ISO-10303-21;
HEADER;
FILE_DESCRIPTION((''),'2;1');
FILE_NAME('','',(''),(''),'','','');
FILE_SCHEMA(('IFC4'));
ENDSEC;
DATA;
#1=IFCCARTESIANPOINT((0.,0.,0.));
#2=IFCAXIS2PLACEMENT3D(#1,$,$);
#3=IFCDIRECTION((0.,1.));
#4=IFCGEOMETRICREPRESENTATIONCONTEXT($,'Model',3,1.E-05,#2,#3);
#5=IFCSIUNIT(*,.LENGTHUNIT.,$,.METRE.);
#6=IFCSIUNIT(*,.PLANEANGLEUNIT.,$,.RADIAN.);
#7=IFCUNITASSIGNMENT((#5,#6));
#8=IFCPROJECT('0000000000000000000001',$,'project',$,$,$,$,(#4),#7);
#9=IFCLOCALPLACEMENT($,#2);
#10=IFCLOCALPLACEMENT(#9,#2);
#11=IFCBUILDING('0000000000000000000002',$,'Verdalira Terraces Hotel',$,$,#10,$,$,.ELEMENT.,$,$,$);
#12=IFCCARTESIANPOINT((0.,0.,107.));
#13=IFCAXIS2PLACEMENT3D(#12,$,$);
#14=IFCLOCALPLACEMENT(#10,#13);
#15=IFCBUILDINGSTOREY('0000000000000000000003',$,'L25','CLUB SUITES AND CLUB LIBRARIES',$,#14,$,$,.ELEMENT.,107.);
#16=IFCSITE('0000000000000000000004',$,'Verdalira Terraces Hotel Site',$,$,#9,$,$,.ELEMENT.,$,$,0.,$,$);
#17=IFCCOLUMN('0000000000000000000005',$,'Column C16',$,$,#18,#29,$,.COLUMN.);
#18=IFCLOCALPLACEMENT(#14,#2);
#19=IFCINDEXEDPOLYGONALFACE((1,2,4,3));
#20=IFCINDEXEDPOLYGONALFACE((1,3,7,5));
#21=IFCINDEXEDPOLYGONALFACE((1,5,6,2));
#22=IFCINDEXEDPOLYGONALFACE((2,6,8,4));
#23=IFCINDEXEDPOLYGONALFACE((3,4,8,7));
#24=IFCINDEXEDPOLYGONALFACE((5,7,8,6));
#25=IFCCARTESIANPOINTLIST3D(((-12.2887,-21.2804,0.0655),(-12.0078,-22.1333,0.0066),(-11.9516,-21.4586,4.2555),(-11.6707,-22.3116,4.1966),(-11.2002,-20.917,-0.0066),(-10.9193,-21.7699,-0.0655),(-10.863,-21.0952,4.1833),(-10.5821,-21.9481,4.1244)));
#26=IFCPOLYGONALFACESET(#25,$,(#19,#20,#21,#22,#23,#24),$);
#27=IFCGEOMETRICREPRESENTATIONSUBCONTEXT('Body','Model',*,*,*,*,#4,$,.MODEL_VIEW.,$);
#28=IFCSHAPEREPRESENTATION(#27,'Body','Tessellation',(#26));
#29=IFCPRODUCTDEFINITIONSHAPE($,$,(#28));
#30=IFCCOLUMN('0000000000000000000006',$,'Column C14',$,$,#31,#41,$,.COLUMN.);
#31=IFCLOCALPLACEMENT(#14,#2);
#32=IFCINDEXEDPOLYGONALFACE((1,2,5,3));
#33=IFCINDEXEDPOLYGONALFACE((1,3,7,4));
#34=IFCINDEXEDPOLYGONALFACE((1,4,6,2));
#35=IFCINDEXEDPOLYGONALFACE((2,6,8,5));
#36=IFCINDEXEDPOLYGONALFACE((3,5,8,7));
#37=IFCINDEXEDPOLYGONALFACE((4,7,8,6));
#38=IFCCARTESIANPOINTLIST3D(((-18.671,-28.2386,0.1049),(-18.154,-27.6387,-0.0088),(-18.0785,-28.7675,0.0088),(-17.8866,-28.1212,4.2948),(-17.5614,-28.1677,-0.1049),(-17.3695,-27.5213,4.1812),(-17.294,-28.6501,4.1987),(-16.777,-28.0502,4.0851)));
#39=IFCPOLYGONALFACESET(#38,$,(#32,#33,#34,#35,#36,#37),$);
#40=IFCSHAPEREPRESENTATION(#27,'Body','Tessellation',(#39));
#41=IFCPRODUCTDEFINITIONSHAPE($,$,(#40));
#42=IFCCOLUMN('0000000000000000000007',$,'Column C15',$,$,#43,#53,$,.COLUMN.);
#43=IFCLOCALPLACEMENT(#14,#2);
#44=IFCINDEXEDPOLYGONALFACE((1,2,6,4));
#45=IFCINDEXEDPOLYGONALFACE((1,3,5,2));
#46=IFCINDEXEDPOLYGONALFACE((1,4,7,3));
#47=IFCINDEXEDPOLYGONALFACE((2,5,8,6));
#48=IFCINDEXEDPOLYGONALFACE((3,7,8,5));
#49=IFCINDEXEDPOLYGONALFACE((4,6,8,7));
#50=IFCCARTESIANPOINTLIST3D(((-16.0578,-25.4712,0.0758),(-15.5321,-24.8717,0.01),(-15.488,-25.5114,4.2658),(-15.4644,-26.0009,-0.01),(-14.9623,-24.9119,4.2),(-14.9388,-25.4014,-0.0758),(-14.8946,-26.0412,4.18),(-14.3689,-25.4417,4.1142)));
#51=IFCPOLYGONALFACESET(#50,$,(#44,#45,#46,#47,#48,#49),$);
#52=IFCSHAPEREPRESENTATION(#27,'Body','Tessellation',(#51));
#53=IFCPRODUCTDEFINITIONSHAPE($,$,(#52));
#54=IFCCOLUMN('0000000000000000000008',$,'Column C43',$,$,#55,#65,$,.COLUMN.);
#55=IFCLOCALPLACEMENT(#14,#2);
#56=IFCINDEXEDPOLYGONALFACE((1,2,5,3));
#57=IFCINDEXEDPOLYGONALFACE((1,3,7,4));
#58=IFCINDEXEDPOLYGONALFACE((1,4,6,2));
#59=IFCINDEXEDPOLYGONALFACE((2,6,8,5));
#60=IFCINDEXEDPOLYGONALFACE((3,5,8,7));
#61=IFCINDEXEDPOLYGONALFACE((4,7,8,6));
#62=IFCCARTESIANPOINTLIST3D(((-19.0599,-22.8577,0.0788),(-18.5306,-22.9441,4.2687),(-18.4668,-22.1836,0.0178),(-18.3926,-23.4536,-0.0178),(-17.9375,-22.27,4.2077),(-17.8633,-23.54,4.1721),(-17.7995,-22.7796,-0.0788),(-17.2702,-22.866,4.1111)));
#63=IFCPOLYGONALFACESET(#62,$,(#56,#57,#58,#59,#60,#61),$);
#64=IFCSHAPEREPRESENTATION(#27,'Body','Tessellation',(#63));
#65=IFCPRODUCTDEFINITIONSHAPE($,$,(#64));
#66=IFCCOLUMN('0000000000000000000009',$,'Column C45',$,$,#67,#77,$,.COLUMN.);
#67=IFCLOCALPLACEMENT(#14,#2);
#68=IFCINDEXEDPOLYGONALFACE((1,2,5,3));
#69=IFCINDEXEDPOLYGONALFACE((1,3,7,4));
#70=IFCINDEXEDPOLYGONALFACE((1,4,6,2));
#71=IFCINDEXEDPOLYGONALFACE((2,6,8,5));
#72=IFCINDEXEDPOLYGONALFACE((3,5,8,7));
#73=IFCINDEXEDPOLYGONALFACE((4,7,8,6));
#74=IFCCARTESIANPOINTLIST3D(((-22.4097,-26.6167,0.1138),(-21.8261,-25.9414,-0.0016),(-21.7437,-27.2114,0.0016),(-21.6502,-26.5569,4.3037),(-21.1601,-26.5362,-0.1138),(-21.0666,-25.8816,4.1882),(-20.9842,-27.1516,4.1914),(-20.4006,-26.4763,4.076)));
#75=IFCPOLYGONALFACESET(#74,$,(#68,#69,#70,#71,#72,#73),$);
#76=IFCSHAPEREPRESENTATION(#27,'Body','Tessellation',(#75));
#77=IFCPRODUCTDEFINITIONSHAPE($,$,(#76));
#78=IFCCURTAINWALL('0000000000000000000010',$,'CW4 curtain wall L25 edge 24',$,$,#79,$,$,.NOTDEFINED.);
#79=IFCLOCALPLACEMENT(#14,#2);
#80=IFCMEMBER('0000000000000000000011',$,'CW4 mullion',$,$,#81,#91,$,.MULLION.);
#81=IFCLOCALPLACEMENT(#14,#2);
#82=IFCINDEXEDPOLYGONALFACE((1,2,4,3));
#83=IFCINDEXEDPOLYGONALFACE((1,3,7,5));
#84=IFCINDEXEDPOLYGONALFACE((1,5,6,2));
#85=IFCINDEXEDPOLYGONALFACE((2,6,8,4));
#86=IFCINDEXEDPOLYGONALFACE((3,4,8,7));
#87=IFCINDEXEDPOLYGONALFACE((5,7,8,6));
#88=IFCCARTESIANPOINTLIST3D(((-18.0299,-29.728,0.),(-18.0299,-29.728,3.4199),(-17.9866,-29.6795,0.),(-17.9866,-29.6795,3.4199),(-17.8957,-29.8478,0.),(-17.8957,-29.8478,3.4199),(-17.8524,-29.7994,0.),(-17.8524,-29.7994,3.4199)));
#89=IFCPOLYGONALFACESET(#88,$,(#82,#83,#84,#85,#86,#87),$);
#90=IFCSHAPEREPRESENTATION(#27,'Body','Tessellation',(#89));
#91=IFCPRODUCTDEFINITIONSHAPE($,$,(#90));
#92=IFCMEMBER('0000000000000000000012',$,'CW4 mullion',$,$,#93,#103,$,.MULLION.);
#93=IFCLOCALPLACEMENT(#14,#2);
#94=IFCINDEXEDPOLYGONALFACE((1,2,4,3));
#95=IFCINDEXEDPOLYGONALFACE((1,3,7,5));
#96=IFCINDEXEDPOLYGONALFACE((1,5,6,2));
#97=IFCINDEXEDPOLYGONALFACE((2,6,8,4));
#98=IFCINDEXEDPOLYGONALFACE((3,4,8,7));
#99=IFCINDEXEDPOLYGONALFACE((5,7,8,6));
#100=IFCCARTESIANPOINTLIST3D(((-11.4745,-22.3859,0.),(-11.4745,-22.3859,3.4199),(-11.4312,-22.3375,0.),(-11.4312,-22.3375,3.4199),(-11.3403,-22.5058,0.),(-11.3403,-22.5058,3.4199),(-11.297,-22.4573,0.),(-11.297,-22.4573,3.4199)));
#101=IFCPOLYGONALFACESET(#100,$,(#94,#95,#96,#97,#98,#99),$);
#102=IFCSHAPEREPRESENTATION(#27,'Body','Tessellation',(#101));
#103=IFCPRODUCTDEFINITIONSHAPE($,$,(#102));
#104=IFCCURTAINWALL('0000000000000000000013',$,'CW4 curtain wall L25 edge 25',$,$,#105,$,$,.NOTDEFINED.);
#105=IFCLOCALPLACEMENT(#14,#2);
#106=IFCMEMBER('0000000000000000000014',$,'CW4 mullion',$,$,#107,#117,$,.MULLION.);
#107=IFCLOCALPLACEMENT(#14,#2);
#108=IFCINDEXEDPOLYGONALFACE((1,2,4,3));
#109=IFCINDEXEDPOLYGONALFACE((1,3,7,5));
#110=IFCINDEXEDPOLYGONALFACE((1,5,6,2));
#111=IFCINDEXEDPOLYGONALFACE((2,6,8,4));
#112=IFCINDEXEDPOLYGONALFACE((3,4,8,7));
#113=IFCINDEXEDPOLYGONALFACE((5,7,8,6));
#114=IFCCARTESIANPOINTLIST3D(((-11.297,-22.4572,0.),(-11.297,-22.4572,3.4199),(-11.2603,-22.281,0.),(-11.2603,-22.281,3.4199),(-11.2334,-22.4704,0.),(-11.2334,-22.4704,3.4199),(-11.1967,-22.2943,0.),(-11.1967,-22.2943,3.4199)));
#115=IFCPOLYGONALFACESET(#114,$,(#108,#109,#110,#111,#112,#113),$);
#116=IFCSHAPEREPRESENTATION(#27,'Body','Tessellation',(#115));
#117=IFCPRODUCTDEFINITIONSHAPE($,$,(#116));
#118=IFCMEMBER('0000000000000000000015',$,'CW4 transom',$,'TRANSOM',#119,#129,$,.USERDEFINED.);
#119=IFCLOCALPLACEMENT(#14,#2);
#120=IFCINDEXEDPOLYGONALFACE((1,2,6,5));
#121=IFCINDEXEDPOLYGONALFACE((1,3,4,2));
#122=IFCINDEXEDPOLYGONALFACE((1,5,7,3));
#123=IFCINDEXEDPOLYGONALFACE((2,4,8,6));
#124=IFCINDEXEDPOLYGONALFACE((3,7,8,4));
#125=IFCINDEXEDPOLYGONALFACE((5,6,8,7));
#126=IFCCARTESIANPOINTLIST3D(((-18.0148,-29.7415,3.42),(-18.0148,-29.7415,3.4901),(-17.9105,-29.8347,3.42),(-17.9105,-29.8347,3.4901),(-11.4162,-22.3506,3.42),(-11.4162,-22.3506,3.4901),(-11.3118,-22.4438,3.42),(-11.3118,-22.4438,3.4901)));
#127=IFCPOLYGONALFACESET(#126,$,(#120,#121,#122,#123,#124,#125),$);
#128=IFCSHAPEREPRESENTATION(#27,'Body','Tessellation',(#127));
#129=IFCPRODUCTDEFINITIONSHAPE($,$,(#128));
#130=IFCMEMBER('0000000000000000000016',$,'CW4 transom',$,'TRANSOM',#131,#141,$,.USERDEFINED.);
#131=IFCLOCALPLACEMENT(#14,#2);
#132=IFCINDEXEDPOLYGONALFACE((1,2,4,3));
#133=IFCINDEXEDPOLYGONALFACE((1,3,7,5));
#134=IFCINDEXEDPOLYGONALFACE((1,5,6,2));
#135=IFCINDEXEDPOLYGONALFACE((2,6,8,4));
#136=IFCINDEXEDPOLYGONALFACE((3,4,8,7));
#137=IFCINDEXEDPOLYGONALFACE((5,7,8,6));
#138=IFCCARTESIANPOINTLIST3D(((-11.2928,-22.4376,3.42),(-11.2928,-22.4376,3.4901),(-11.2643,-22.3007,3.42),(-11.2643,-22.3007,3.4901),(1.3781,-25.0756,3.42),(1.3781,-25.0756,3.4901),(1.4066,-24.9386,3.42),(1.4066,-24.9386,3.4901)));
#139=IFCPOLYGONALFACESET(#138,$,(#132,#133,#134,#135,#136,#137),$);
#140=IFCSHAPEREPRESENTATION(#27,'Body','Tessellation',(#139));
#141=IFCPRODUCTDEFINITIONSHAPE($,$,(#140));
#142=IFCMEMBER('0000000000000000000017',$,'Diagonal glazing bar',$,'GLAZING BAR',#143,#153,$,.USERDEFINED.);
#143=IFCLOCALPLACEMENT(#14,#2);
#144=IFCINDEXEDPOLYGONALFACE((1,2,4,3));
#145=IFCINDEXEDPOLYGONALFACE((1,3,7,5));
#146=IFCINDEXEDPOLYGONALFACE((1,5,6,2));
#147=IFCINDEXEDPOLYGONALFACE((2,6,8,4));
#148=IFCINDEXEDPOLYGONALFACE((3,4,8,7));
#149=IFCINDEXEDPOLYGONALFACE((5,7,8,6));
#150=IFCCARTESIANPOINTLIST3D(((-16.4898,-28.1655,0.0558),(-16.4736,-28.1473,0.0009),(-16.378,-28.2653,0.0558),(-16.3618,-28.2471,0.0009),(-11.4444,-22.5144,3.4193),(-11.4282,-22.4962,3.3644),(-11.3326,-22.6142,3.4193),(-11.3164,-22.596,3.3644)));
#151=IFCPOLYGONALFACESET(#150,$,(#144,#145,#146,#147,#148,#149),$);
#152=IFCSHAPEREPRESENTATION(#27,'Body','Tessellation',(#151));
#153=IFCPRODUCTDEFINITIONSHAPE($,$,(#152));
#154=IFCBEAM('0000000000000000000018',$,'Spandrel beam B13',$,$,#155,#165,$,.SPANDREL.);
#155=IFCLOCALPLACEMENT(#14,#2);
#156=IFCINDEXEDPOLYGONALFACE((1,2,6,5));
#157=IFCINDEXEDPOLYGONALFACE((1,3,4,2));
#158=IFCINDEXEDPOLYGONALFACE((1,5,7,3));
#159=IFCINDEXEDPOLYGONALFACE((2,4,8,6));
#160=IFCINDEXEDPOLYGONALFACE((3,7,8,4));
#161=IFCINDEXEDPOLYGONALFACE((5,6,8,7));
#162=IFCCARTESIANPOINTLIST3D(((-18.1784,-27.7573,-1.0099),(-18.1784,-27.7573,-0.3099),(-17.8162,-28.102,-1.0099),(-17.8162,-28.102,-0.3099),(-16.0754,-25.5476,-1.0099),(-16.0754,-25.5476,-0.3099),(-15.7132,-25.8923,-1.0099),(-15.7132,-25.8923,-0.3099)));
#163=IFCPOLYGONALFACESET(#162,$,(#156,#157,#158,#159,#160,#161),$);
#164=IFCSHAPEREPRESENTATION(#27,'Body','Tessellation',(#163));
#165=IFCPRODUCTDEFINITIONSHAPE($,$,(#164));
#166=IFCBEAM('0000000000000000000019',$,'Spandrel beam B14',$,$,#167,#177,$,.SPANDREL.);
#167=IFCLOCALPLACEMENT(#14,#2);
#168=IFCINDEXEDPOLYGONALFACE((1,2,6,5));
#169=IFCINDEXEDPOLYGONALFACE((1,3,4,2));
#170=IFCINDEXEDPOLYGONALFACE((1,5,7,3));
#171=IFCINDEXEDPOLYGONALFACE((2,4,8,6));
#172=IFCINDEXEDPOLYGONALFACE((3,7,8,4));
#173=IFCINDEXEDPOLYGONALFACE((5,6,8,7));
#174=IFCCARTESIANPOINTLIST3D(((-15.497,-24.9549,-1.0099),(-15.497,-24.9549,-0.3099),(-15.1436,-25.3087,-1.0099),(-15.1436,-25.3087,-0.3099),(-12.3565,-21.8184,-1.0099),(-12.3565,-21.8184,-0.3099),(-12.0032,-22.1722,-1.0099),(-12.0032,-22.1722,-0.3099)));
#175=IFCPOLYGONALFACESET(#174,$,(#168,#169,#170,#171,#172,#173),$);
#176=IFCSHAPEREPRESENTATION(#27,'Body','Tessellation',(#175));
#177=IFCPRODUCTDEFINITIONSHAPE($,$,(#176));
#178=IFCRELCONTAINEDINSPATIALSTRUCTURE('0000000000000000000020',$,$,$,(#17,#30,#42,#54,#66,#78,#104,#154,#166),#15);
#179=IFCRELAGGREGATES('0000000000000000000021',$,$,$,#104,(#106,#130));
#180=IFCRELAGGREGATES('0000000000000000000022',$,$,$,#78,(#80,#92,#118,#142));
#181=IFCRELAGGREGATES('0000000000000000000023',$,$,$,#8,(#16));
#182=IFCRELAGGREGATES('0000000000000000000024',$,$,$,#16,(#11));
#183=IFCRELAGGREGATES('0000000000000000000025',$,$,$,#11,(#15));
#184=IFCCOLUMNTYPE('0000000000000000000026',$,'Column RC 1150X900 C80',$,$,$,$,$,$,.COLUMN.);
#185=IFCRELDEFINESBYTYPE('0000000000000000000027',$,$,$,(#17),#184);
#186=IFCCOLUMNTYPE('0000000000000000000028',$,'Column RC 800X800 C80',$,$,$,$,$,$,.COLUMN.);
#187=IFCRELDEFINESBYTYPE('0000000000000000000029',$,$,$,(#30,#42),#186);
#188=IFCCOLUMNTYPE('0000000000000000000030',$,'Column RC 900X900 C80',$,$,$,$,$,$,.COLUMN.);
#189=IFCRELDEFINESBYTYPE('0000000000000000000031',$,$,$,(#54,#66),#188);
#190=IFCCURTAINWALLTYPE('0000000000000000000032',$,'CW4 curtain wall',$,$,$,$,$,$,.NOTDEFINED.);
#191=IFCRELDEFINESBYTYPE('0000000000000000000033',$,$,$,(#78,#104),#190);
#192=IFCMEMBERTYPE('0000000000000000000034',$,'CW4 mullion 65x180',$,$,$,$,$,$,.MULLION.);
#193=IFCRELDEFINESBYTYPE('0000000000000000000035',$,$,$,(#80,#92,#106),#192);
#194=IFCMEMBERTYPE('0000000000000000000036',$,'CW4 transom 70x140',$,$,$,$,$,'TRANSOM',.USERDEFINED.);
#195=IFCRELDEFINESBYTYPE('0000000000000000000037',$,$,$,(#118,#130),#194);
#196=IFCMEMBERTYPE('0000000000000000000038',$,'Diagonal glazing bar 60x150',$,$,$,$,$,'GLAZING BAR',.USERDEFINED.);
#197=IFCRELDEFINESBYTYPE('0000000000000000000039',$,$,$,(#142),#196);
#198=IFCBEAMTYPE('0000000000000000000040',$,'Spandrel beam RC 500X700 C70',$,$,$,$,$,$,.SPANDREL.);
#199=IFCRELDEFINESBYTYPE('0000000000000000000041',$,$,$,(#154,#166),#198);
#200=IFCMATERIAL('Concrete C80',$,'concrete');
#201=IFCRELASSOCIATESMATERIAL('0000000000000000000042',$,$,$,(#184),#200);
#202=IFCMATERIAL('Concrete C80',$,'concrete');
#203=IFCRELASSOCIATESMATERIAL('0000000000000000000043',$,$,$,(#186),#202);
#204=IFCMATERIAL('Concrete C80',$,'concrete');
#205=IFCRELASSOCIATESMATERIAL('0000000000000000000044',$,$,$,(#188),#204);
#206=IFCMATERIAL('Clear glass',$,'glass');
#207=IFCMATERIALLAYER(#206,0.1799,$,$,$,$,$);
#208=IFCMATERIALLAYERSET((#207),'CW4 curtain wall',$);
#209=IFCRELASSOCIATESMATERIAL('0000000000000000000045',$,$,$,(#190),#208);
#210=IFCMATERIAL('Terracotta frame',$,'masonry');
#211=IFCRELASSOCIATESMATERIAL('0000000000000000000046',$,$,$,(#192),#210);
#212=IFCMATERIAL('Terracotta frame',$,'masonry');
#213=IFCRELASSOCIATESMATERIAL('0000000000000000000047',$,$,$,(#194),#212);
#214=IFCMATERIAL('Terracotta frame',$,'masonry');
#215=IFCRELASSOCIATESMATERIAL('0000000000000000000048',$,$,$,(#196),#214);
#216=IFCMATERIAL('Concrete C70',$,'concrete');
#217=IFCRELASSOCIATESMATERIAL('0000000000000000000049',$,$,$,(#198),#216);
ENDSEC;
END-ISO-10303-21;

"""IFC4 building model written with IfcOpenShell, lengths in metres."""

from ifc_helpers import new_model, si_unit, direction, frame, origin, origin_2d, place, context, subcontext, project, spatial, rectangle, extrude, material, layer, layer_set, material_profile, profile_set, type_object, element, aggregate, save


model = new_model("IFC4")

# Units and contexts
model_context = context("Model", 3, precision=1e-05, world=origin(), true_north=direction((0.0, 1.0)))
body_context = subcontext(model_context, "Body", "Model", "MODEL_VIEW")
ifc_project = project(units=[si_unit("LENGTHUNIT", "METRE"), si_unit("PLANEANGLEUNIT", "RADIAN")], contexts=[model_context])

# Site, building, storey
site_placement = place(None, origin())
site = spatial("IfcSite", under=ifc_project, at=site_placement, Name="Verdalira Terraces Hotel Site", CompositionType="ELEMENT", RefElevation=0.0)
building_placement = place(site_placement, origin())
building = spatial("IfcBuilding", under=site, at=building_placement, Name="Verdalira Terraces Hotel", CompositionType="ELEMENT")
storey_placement = place(building_placement, frame((0.0, 0.0, 107.0)))
storey = spatial("IfcBuildingStorey", under=building, at=storey_placement, Name="L25", Description="CLUB SUITES AND CLUB LIBRARIES", CompositionType="ELEMENT", Elevation=107.0)

# Columns
ifc_material_1 = material(Name="Concrete C80", Category="concrete")
ifc_material_profile_1 = material_profile(ifc_material_1, rectangle(XDim=1.1499, YDim=0.8999, at=origin_2d()), Name="RC 1150X900")
ifc_profile_set_1 = profile_set([ifc_material_profile_1], Name="Concrete C80")
column_type_1 = type_object("IfcColumnType", Name="Column RC 1150X900 C80", PredefinedType="COLUMN", material=ifc_profile_set_1)
column_1_placement = place(storey_placement, frame((-11.604, -21.5251, 0.0), z_axis=(0.080137, -0.042361, 0.995883), x_axis=(-0.946654, -0.316087, 0.062731)))
element("IfcColumn", 1, at=column_1_placement, inside=storey, type_object=column_type_1, Name="Column C16", PredefinedType="COLUMN", context=body_context, shape_type="SweptSolid", body=[
    extrude(rectangle(XDim=1.1499, YDim=0.8999, at=origin_2d()), origin(), (0.0, 0.0, 1.0), 4.2073),
])
ifc_material_2 = material(Name="Concrete C80", Category="concrete")
ifc_material_profile_2 = material_profile(ifc_material_2, rectangle(XDim=0.8, YDim=0.8, at=origin_2d()), Name="RC 800X800")
ifc_profile_set_2 = profile_set([ifc_material_profile_2], Name="Concrete C80")
column_type_2 = type_object("IfcColumnType", Name="Column RC 800X800 C80", PredefinedType="COLUMN", material=ifc_profile_set_2)
column_2_placement = place(storey_placement, frame((-18.1162, -28.2031, 0.0), z_axis=(0.183949, 0.027538, 0.98255), x_axis=(0.646262, 0.749787, -0.142005)))
element("IfcColumn", 2, at=column_2_placement, inside=storey, type_object=column_type_2, Name="Column C14", PredefinedType="COLUMN", context=body_context, shape_type="SweptSolid", body=[
    extrude(rectangle(XDim=0.8, YDim=0.8, at=origin_2d()), origin(), (0.0, 0.0, 1.0), 4.2644),
])
column_3_placement = place(storey_placement, frame((-15.4983, -25.4363, 0.0), z_axis=(0.134752, -0.009526, 0.990834), x_axis=(0.657081, 0.74933, -0.082157)))
element("IfcColumn", 3, at=column_3_placement, inside=storey, type_object=column_type_2, Name="Column C15", PredefinedType="COLUMN", context=body_context, shape_type="SweptSolid", body=[
    extrude(rectangle(XDim=0.8, YDim=0.8, at=origin_2d()), origin(), (0.0, 0.0, 1.0), 4.2288),
])
ifc_material_3 = material(Name="Concrete C80", Category="concrete")
ifc_material_profile_3 = material_profile(ifc_material_3, rectangle(XDim=0.8999, YDim=0.8999, at=origin_2d()), Name="RC 900X900")
ifc_profile_set_3 = profile_set([ifc_material_profile_3], Name="Concrete C80")
column_type_3 = type_object("IfcColumnType", Name="Column RC 900X900 C80", PredefinedType="COLUMN", material=ifc_profile_set_3)
column_4_placement = place(storey_placement, frame((-18.4297, -22.8186, 0.0), z_axis=(0.125303, -0.02046, 0.991907), x_axis=(-0.659069, -0.74902, 0.067807)))
element("IfcColumn", 4, at=column_4_placement, inside=storey, type_object=column_type_3, Name="Column C43", PredefinedType="COLUMN", context=body_context, shape_type="SweptSolid", body=[
    extrude(rectangle(XDim=0.8999, YDim=0.8999, at=origin_2d()), origin(), (0.0, 0.0, 1.0), 4.2241),
])
column_5_placement = place(storey_placement, frame((-21.7849, -26.5764, 0.0), z_axis=(0.178348, 0.014045, 0.983867), x_axis=(-0.648475, -0.750353, 0.128263)))
element("IfcColumn", 5, at=column_5_placement, inside=storey, type_object=column_type_3, Name="Column C45", PredefinedType="COLUMN", context=body_context, shape_type="SweptSolid", body=[
    extrude(rectangle(XDim=0.8999, YDim=0.8999, at=origin_2d()), origin(), (0.0, 0.0, 1.0), 4.2585),
])

# Curtain wall, members
ifc_material_4 = material(Name="Clear glass", Category="glass")
ifc_layer_1 = layer(ifc_material_4, 0.1799)
ifc_layer_set_1 = layer_set([ifc_layer_1], Name="CW4 curtain wall")
curtain_wall_type = type_object("IfcCurtainWallType", Name="CW4 curtain wall", PredefinedType="NOTDEFINED", material=ifc_layer_set_1)
curtain_wall_1_placement = place(storey_placement, origin())
curtain_wall_1 = element("IfcCurtainWall", 6, at=curtain_wall_1_placement, inside=storey, type_object=curtain_wall_type, Name="CW4 curtain wall L25 edge 24", PredefinedType="NOTDEFINED")
ifc_material_5 = material(Name="Terracotta frame", Category="masonry")
ifc_material_profile_4 = material_profile(ifc_material_5, rectangle(XDim=0.0649, YDim=0.1799, at=origin_2d()), Name="MU 65x180")
ifc_profile_set_4 = profile_set([ifc_material_profile_4], Name="Terracotta frame")
member_type_1 = type_object("IfcMemberType", Name="CW4 mullion 65x180", PredefinedType="MULLION", material=ifc_profile_set_4)
member_1_placement = place(storey_placement, frame((-17.9412, -29.7637, 0.0), z_axis=(0.0, 0.0, 1.0), x_axis=(0.666012, 0.745941, 0.0)))
member_1 = element("IfcMember", 7, at=member_1_placement, type_object=member_type_1, Name="CW4 mullion", PredefinedType="MULLION", context=body_context, shape_type="SweptSolid", body=[
    extrude(rectangle(XDim=0.0649, YDim=0.1799, at=origin_2d()), origin(), (0.0, 0.0, 1.0), 3.4199),
])
member_2_placement = place(storey_placement, frame((-11.3857, -22.4216, 0.0), z_axis=(0.0, 0.0, 1.0), x_axis=(0.666012, 0.745941, 0.0)))
member_2 = element("IfcMember", 8, at=member_2_placement, type_object=member_type_1, Name="CW4 mullion", PredefinedType="MULLION", context=body_context, shape_type="SweptSolid", body=[
    extrude(rectangle(XDim=0.0649, YDim=0.1799, at=origin_2d()), origin(), (0.0, 0.0, 1.0), 3.4199),
])

# Curtain wall, member
curtain_wall_2_placement = place(storey_placement, origin())
curtain_wall_2 = element("IfcCurtainWall", 9, at=curtain_wall_2_placement, inside=storey, type_object=curtain_wall_type, Name="CW4 curtain wall L25 edge 25", PredefinedType="NOTDEFINED")
member_3_placement = place(storey_placement, frame((-11.2468, -22.3757, 0.0), z_axis=(0.0, 0.0, 1.0), x_axis=(0.97901, -0.203813, 0.0)))
member_3 = element("IfcMember", 10, at=member_3_placement, type_object=member_type_1, Name="CW4 mullion", PredefinedType="MULLION", context=body_context, shape_type="SweptSolid", body=[
    extrude(rectangle(XDim=0.0649, YDim=0.1799, at=origin_2d()), origin(), (0.0, 0.0, 1.0), 3.4199),
])

# Members
ifc_material_6 = material(Name="Terracotta frame", Category="masonry")
ifc_material_profile_5 = material_profile(ifc_material_6, rectangle(XDim=0.1399, YDim=0.0701, at=origin_2d()), Name="TR 70x140")
ifc_profile_set_5 = profile_set([ifc_material_profile_5], Name="Terracotta frame")
member_type_2 = type_object("IfcMemberType", Name="CW4 transom 70x140", ElementType="TRANSOM", PredefinedType="USERDEFINED", material=ifc_profile_set_5)
member_4_placement = place(storey_placement, frame((-17.9626, -29.7881, 3.4551), z_axis=(0.665996, 0.745956, 0.0), x_axis=(-0.745956, 0.665996, 0.0)))
member_4 = element("IfcMember", 11, at=member_4_placement, type_object=member_type_2, Name="CW4 transom", ObjectType="TRANSOM", PredefinedType="USERDEFINED", context=body_context, shape_type="SweptSolid", body=[
    extrude(rectangle(XDim=0.1399, YDim=0.0701, at=origin_2d()), origin(), (0.0, 0.0, 1.0), 9.908),
])
member_5_placement = place(storey_placement, frame((-11.2786, -22.3691, 3.4551), z_axis=(0.979009, -0.203819, 0.0), x_axis=(0.203819, 0.979009, 0.0)))
member_5 = element("IfcMember", 12, at=member_5_placement, type_object=member_type_2, Name="CW4 transom", ObjectType="TRANSOM", PredefinedType="USERDEFINED", context=body_context, shape_type="SweptSolid", body=[
    extrude(rectangle(XDim=0.1399, YDim=0.0701, at=origin_2d()), origin(), (0.0, 0.0, 1.0), 12.9426),
])
aggregate(curtain_wall_2, [member_3, member_5])
ifc_material_7 = material(Name="Terracotta frame", Category="masonry")
ifc_material_profile_6 = material_profile(ifc_material_7, rectangle(XDim=0.1499, YDim=0.0601, at=origin_2d()), Name="GB 60x150")
ifc_profile_set_6 = profile_set([ifc_material_profile_6], Name="Terracotta frame")
member_type_3 = type_object("IfcMemberType", Name="Diagonal glazing bar 60x150", ElementType="GLAZING BAR", PredefinedType="USERDEFINED", material=ifc_profile_set_6)
member_6_placement = place(storey_placement, frame((-16.4258, -28.2063, 0.0283), z_axis=(0.6087, 0.681776, 0.40579), x_axis=(-0.745953, 0.665998, 0.0)))
member_6 = element("IfcMember", 13, at=member_6_placement, type_object=member_type_3, Name="Diagonal glazing bar", ObjectType="GLAZING BAR", PredefinedType="USERDEFINED", context=body_context, shape_type="SweptSolid", body=[
    extrude(rectangle(XDim=0.1499, YDim=0.0601, at=origin_2d()), origin(), (0.0, 0.0, 1.0), 8.2888),
])

# Beams
ifc_material_8 = material(Name="Concrete C70", Category="concrete")
ifc_material_profile_7 = material_profile(ifc_material_8, rectangle(XDim=0.5, YDim=0.7, at=origin_2d()), Name="RC 500X700")
ifc_profile_set_7 = profile_set([ifc_material_profile_7], Name="Concrete C70")
beam_type = type_object("IfcBeamType", Name="Spandrel beam RC 500X700 C70", PredefinedType="SPANDREL", material=ifc_profile_set_7)
beam_1_placement = place(storey_placement, frame((-17.9973, -27.9297, -0.6599), z_axis=(0.689403, 0.724378, 0.0), x_axis=(-0.724378, 0.689403, 0.0)))
element("IfcBeam", 14, at=beam_1_placement, inside=storey, type_object=beam_type, Name="Spandrel beam B13", PredefinedType="SPANDREL", context=body_context, shape_type="SweptSolid", body=[
    extrude(rectangle(XDim=0.5, YDim=0.7, at=origin_2d()), origin(), (0.0, 0.0, 1.0), 3.0505),
])
beam_2_placement = place(storey_placement, frame((-15.3203, -25.1318, -0.6599), z_axis=(0.707547, 0.706667, 0.0), x_axis=(-0.706667, 0.707547, 0.0)))
element("IfcBeam", 15, at=beam_2_placement, inside=storey, type_object=beam_type, Name="Spandrel beam B14", PredefinedType="SPANDREL", context=body_context, shape_type="SweptSolid", body=[
    extrude(rectangle(XDim=0.5, YDim=0.7, at=origin_2d()), origin(), (0.0, 0.0, 1.0), 4.4385),
])

aggregate(curtain_wall_1, [member_1, member_2, member_4, member_6])

save(model, "model.ifc")
